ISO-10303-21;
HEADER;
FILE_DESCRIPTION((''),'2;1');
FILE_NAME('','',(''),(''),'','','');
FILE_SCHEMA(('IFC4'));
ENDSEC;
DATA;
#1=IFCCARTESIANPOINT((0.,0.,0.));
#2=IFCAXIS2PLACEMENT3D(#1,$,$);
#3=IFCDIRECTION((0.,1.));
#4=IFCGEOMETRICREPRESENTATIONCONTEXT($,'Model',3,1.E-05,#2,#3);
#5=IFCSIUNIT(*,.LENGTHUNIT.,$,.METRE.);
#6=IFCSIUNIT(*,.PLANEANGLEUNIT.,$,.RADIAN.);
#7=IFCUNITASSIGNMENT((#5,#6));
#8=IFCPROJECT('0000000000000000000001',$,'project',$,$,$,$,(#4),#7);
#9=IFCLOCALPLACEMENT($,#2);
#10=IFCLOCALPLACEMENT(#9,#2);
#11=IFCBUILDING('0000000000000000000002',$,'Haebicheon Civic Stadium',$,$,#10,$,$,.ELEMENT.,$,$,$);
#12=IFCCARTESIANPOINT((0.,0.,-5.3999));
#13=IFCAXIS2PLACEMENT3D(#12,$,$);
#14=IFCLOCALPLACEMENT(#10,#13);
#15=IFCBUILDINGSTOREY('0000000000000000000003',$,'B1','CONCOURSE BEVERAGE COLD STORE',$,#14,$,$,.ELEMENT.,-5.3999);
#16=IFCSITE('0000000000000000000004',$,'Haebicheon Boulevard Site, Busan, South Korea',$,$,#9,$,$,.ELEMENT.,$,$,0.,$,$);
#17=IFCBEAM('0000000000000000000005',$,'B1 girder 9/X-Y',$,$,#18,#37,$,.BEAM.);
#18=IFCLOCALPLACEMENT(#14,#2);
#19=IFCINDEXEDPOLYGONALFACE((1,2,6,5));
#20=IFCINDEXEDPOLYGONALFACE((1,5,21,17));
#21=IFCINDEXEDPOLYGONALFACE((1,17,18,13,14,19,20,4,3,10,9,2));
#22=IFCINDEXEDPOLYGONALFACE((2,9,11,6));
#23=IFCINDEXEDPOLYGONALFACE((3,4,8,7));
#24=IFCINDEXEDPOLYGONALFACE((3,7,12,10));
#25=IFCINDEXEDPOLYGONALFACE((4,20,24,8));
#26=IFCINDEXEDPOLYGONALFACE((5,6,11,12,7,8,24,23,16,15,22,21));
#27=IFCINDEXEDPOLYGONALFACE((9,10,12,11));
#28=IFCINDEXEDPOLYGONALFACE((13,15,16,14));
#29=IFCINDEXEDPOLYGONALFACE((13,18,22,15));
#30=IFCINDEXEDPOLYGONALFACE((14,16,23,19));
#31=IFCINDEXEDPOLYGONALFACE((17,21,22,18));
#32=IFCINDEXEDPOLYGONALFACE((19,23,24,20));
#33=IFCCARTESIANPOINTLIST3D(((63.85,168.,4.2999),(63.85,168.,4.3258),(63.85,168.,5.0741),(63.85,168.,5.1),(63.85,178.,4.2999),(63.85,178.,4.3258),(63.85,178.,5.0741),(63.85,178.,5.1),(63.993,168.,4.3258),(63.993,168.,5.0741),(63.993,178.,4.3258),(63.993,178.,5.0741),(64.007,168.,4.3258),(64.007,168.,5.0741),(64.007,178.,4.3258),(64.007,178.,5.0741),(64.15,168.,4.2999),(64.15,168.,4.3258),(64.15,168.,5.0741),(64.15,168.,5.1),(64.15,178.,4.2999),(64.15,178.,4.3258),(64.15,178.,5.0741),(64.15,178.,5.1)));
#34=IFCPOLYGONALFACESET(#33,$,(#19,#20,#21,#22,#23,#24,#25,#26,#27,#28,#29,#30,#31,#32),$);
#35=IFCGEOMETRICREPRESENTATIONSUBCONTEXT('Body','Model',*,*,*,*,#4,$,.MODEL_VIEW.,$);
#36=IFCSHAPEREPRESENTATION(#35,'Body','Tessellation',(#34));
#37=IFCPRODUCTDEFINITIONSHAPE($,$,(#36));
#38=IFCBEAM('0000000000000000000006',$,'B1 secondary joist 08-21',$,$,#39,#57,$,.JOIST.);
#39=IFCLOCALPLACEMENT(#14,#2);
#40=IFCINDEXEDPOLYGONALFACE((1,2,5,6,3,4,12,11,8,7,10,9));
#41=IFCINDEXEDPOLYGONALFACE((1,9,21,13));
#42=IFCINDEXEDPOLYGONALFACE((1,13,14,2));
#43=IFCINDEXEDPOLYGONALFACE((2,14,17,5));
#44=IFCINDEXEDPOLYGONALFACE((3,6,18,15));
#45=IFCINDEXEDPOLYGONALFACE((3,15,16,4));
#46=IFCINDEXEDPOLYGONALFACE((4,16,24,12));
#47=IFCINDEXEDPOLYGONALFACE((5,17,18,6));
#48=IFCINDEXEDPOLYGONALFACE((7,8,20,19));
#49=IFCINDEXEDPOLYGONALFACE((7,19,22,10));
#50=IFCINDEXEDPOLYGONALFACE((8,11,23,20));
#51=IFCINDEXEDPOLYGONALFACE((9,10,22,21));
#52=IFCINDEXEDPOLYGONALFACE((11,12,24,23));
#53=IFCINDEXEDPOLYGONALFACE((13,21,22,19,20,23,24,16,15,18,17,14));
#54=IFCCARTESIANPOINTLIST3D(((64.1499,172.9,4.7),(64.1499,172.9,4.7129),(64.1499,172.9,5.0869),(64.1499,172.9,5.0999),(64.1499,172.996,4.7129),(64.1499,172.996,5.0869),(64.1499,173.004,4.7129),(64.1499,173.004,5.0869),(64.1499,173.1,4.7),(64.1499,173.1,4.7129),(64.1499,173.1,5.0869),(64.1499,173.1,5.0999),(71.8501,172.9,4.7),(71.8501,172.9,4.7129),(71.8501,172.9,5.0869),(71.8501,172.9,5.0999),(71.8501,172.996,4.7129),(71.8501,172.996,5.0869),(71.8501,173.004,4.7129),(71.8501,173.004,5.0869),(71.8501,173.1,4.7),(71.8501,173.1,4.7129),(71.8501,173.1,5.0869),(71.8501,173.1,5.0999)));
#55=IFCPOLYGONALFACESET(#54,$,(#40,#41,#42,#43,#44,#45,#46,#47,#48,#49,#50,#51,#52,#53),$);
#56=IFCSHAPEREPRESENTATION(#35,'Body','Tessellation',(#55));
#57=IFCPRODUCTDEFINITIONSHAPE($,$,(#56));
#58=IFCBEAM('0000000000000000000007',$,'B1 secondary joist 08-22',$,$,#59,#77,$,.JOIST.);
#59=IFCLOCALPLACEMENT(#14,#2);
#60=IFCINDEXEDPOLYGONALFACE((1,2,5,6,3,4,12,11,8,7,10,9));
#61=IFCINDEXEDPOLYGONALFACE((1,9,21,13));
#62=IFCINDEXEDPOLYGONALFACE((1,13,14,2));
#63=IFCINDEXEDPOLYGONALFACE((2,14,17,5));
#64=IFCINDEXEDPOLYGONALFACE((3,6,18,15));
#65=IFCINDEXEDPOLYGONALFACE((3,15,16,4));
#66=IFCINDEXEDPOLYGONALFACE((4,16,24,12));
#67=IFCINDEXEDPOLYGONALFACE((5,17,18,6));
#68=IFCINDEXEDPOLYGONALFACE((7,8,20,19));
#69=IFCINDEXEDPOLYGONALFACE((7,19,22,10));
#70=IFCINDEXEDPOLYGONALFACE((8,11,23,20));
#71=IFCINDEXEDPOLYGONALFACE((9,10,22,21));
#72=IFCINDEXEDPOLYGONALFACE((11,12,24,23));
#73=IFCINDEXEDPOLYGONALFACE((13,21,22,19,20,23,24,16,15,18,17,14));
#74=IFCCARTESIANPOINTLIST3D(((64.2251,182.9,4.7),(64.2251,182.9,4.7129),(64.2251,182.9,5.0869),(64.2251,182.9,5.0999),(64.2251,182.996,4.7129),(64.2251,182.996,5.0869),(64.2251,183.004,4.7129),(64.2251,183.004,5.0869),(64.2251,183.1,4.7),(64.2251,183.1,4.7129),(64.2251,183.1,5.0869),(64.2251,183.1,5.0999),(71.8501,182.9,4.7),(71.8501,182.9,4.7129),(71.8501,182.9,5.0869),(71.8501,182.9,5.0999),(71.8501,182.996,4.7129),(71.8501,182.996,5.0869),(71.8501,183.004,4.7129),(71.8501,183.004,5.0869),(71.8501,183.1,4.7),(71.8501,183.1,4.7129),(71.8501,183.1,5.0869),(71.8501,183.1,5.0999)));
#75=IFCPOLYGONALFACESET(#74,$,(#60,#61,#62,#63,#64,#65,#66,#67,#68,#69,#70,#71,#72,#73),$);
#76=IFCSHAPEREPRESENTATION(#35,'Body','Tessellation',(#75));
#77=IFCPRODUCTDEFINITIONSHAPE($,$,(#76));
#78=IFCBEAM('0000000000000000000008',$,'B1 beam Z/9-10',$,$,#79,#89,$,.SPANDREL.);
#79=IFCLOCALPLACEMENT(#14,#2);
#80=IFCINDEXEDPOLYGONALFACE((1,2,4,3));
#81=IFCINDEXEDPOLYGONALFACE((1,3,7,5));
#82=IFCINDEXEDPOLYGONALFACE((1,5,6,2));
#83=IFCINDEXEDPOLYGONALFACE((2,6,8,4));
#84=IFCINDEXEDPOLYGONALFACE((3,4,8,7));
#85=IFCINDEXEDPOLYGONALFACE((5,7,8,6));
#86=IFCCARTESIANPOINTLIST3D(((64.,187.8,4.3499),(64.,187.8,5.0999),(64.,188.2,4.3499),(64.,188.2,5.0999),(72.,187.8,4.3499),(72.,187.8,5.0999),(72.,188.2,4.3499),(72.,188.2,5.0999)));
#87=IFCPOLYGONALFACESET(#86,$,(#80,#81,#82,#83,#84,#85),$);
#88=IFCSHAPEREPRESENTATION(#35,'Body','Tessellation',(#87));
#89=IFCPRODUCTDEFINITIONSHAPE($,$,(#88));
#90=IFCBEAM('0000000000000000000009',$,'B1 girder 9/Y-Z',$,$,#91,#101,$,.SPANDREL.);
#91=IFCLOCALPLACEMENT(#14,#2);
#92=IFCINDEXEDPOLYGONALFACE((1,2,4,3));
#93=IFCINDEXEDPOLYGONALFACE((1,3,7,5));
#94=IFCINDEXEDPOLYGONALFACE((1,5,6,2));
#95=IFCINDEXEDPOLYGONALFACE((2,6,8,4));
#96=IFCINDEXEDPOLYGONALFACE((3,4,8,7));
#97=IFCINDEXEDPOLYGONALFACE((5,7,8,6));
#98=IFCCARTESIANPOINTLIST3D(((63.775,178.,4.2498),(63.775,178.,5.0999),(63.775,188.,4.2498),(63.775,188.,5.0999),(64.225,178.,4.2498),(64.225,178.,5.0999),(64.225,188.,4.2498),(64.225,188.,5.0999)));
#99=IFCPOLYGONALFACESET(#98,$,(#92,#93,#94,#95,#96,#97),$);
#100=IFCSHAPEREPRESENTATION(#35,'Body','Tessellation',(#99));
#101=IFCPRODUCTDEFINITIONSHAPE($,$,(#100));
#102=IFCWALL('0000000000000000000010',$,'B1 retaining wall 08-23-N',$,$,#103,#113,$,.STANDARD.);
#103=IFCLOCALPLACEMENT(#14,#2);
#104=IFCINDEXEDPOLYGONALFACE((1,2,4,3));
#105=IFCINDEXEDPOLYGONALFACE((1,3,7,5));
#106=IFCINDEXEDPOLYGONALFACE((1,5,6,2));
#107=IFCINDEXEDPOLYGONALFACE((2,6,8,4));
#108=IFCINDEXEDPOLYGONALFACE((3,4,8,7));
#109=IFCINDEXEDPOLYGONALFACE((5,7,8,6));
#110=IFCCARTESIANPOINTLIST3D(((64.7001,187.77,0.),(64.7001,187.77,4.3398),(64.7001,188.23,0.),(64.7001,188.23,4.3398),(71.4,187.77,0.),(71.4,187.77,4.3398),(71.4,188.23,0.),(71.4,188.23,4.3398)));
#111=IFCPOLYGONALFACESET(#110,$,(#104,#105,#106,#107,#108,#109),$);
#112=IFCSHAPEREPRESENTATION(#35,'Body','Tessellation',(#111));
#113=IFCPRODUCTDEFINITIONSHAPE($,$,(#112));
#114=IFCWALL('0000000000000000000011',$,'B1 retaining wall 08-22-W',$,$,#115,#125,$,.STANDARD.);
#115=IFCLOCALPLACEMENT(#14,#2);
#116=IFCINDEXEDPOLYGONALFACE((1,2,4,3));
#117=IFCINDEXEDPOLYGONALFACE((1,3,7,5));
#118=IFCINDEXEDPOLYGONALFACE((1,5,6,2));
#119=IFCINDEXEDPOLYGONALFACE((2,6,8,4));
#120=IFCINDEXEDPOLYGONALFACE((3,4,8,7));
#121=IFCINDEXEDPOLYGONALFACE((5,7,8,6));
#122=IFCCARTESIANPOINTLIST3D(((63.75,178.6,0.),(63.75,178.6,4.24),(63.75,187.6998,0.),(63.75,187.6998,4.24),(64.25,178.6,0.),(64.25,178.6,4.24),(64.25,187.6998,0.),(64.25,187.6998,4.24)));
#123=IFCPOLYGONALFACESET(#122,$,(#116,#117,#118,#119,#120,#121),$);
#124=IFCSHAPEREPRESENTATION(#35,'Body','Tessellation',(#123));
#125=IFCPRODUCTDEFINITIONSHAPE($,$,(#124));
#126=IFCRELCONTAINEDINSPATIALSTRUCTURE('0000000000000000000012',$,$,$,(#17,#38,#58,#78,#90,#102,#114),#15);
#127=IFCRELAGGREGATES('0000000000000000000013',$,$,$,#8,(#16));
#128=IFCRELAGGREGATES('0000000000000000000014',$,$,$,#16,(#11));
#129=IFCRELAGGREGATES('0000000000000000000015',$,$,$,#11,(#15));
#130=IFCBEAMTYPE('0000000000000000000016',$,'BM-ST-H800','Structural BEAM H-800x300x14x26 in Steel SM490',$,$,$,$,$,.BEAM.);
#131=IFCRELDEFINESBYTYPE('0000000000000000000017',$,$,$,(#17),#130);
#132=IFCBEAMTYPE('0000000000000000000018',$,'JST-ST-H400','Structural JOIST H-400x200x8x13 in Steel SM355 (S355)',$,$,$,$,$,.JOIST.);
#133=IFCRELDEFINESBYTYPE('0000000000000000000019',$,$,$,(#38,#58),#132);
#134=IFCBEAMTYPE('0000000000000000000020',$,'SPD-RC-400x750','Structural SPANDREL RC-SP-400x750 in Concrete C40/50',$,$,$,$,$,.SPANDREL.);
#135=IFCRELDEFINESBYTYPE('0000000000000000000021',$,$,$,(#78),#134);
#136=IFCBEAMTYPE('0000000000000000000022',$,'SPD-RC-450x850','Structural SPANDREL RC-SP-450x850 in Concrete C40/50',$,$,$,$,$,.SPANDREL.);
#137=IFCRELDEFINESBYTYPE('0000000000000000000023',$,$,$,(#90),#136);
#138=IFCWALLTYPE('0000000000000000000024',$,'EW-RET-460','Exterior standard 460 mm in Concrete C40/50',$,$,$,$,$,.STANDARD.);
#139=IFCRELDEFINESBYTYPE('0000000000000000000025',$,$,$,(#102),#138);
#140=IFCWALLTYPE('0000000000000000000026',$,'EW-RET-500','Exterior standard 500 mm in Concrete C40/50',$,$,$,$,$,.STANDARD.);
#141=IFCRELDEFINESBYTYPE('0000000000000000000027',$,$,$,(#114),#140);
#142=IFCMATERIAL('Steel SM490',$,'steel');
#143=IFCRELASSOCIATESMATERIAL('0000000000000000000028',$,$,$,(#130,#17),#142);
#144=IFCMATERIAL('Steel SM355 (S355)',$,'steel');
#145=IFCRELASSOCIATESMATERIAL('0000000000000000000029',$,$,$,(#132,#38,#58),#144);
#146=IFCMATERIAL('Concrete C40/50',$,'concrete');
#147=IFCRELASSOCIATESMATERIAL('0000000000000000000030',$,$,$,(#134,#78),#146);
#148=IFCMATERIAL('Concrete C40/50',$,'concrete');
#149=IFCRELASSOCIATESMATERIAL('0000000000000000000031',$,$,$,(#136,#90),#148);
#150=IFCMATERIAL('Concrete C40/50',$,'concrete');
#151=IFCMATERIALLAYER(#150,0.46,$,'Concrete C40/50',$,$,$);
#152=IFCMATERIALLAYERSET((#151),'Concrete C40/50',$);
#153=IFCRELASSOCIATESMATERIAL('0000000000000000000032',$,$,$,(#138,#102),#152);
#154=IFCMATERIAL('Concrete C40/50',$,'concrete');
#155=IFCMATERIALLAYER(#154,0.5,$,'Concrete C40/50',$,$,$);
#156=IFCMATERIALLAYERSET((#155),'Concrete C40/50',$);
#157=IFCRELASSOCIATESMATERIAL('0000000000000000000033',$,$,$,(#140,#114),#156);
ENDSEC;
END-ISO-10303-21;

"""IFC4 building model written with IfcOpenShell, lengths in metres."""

from ifc_helpers import new_model, si_unit, direction, frame, frame_2d, origin, origin_2d, place, context, subcontext, project, spatial, rectangle, i_section, extrude, material, layer, layer_set, material_profile, profile_set, type_object, element, save


model = new_model("IFC4")

# Units and contexts
model_context = context("Model", 3, precision=1e-05, world=origin(), true_north=direction((0.0, 1.0)))
body_context = subcontext(model_context, "Body", "Model", "MODEL_VIEW")
ifc_project = project(units=[si_unit("LENGTHUNIT", "METRE"), si_unit("PLANEANGLEUNIT", "RADIAN")], contexts=[model_context])

# Site, building, storey
site_placement = place(None, origin())
site = spatial("IfcSite", under=ifc_project, at=site_placement, Name="Haebicheon Boulevard Site, Busan, South Korea", CompositionType="ELEMENT", RefElevation=0.0)
building_placement = place(site_placement, origin())
building = spatial("IfcBuilding", under=site, at=building_placement, Name="Haebicheon Civic Stadium", CompositionType="ELEMENT")
storey_placement = place(building_placement, frame((0.0, 0.0, -5.3999)))
storey = spatial("IfcBuildingStorey", under=building, at=storey_placement, Name="B1", Description="CONCOURSE BEVERAGE COLD STORE", CompositionType="ELEMENT", Elevation=-5.3999)

# Beams
ifc_material_1 = material(Name="Steel SM490", Category="steel")
ifc_material_profile_1 = material_profile(ifc_material_1, i_section(OverallWidth=0.3, OverallDepth=0.8, WebThickness=0.0139, FlangeThickness=0.0259, at=origin_2d()), Name="H-800x300x14x26")
ifc_profile_set_1 = profile_set([ifc_material_profile_1], Name="Steel SM490")
beam_type_1 = type_object("IfcBeamType", Name="BM-ST-H800", Description="Structural BEAM H-800x300x14x26 in Steel SM490", PredefinedType="BEAM", material=ifc_profile_set_1)
beam_1_placement = place(storey_placement, frame((64.0, 168.0, 4.7), z_axis=(0.0, 1.0, 0.0), x_axis=(-1.0, 0.0, 0.0)))
element("IfcBeam", 1, at=beam_1_placement, inside=storey, type_object=beam_type_1, material=ifc_profile_set_1, Name="B1 girder 9/X-Y", PredefinedType="BEAM", context=body_context, shape_type="SweptSolid", body=[
    extrude(i_section(OverallWidth=0.3, OverallDepth=0.8, WebThickness=0.0139, FlangeThickness=0.0259, at=origin_2d()), origin(), (0.0, 0.0, 1.0), 10.0),
])
ifc_material_2 = material(Name="Steel SM355 (S355)", Category="steel")
ifc_material_profile_2 = material_profile(ifc_material_2, i_section(OverallWidth=0.2, OverallDepth=0.3999, WebThickness=0.0081, FlangeThickness=0.0129, at=origin_2d()), Name="H-400x200x8x13")
ifc_profile_set_2 = profile_set([ifc_material_profile_2], Name="Steel SM355 (S355)")
beam_type_2 = type_object("IfcBeamType", Name="JST-ST-H400", Description="Structural JOIST H-400x200x8x13 in Steel SM355 (S355)", PredefinedType="JOIST", material=ifc_profile_set_2)
beam_2_placement = place(storey_placement, frame((64.1499, 173.0, 4.8999), z_axis=(1.0, 0.0, 0.0), x_axis=(0.0, 1.0, 0.0)))
element("IfcBeam", 2, at=beam_2_placement, inside=storey, type_object=beam_type_2, material=ifc_profile_set_2, Name="B1 secondary joist 08-21", PredefinedType="JOIST", context=body_context, shape_type="SweptSolid", body=[
    extrude(i_section(OverallWidth=0.2, OverallDepth=0.3999, WebThickness=0.0081, FlangeThickness=0.0129, at=origin_2d()), origin(), (0.0, 0.0, 1.0), 7.7002),
])
beam_3_placement = place(storey_placement, frame((64.2251, 183.0, 4.8999), z_axis=(1.0, 0.0, 0.0), x_axis=(0.0, 1.0, 0.0)))
element("IfcBeam", 3, at=beam_3_placement, inside=storey, type_object=beam_type_2, material=ifc_profile_set_2, Name="B1 secondary joist 08-22", PredefinedType="JOIST", context=body_context, shape_type="SweptSolid", body=[
    extrude(i_section(OverallWidth=0.2, OverallDepth=0.3999, WebThickness=0.0081, FlangeThickness=0.0129, at=origin_2d()), origin(), (0.0, 0.0, 1.0), 7.625),
])
ifc_material_3 = material(Name="Concrete C40/50", Category="concrete")
ifc_material_profile_3 = material_profile(ifc_material_3, rectangle(XDim=0.3999, YDim=0.75, at=origin_2d()), Name="RC-SP-400x750")
ifc_profile_set_3 = profile_set([ifc_material_profile_3], Name="Concrete C40/50")
beam_type_3 = type_object("IfcBeamType", Name="SPD-RC-400x750", Description="Structural SPANDREL RC-SP-400x750 in Concrete C40/50", PredefinedType="SPANDREL", material=ifc_profile_set_3)
beam_4_placement = place(storey_placement, frame((64.0, 188.0, 4.7249), z_axis=(1.0, 0.0, 0.0), x_axis=(0.0, 1.0, 0.0)))
element("IfcBeam", 4, at=beam_4_placement, inside=storey, type_object=beam_type_3, material=ifc_profile_set_3, Name="B1 beam Z/9-10", PredefinedType="SPANDREL", context=body_context, shape_type="SweptSolid", body=[
    extrude(rectangle(XDim=0.3999, YDim=0.75, at=origin_2d()), origin(), (0.0, 0.0, 1.0), 8.0),
])
ifc_material_4 = material(Name="Concrete C40/50", Category="concrete")
ifc_material_profile_4 = material_profile(ifc_material_4, rectangle(XDim=0.45, YDim=0.8501, at=origin_2d()), Name="RC-SP-450x850")
ifc_profile_set_4 = profile_set([ifc_material_profile_4], Name="Concrete C40/50")
beam_type_4 = type_object("IfcBeamType", Name="SPD-RC-450x850", Description="Structural SPANDREL RC-SP-450x850 in Concrete C40/50", PredefinedType="SPANDREL", material=ifc_profile_set_4)
beam_5_placement = place(storey_placement, frame((64.0, 178.0, 4.6748), z_axis=(0.0, 1.0, 0.0), x_axis=(-1.0, 0.0, 0.0)))
element("IfcBeam", 5, at=beam_5_placement, inside=storey, type_object=beam_type_4, material=ifc_profile_set_4, Name="B1 girder 9/Y-Z", PredefinedType="SPANDREL", context=body_context, shape_type="SweptSolid", body=[
    extrude(rectangle(XDim=0.45, YDim=0.8501, at=origin_2d()), origin(), (0.0, 0.0, 1.0), 10.0),
])

# Walls
ifc_material_5 = material(Name="Concrete C40/50", Category="concrete")
ifc_layer_1 = layer(ifc_material_5, 0.46, Name="Concrete C40/50")
ifc_layer_set_1 = layer_set([ifc_layer_1], Name="Concrete C40/50")
wall_type_1 = type_object("IfcWallType", Name="EW-RET-460", Description="Exterior standard 460 mm in Concrete C40/50", PredefinedType="STANDARD", material=ifc_layer_set_1)
wall_1_placement = place(storey_placement, frame((64.7, 188.0, 0.0), z_axis=(0.0, 0.0, 1.0), x_axis=(1.0, 0.0, 0.0)))
element("IfcWall", 6, at=wall_1_placement, inside=storey, type_object=wall_type_1, material=ifc_layer_set_1, Name="B1 retaining wall 08-23-N", PredefinedType="STANDARD", context=body_context, shape_type="SweptSolid", body=[
    extrude(rectangle(XDim=6.7, YDim=0.46, at=frame_2d((3.3501, 0.0))), origin(), (0.0, 0.0, 1.0), 4.3398),
])
ifc_material_6 = material(Name="Concrete C40/50", Category="concrete")
ifc_layer_2 = layer(ifc_material_6, 0.5, Name="Concrete C40/50")
ifc_layer_set_2 = layer_set([ifc_layer_2], Name="Concrete C40/50")
wall_type_2 = type_object("IfcWallType", Name="EW-RET-500", Description="Exterior standard 500 mm in Concrete C40/50", PredefinedType="STANDARD", material=ifc_layer_set_2)
wall_2_placement = place(storey_placement, frame((64.0, 178.6001, 0.0), z_axis=(0.0, 0.0, 1.0), x_axis=(0.0, 1.0, 0.0)))
element("IfcWall", 7, at=wall_2_placement, inside=storey, type_object=wall_type_2, material=ifc_layer_set_2, Name="B1 retaining wall 08-22-W", PredefinedType="STANDARD", context=body_context, shape_type="SweptSolid", body=[
    extrude(rectangle(XDim=9.0999, YDim=0.5, at=frame_2d((4.5498, 0.0))), origin(), (0.0, 0.0, 1.0), 4.24),
])

save(model, "model.ifc")
